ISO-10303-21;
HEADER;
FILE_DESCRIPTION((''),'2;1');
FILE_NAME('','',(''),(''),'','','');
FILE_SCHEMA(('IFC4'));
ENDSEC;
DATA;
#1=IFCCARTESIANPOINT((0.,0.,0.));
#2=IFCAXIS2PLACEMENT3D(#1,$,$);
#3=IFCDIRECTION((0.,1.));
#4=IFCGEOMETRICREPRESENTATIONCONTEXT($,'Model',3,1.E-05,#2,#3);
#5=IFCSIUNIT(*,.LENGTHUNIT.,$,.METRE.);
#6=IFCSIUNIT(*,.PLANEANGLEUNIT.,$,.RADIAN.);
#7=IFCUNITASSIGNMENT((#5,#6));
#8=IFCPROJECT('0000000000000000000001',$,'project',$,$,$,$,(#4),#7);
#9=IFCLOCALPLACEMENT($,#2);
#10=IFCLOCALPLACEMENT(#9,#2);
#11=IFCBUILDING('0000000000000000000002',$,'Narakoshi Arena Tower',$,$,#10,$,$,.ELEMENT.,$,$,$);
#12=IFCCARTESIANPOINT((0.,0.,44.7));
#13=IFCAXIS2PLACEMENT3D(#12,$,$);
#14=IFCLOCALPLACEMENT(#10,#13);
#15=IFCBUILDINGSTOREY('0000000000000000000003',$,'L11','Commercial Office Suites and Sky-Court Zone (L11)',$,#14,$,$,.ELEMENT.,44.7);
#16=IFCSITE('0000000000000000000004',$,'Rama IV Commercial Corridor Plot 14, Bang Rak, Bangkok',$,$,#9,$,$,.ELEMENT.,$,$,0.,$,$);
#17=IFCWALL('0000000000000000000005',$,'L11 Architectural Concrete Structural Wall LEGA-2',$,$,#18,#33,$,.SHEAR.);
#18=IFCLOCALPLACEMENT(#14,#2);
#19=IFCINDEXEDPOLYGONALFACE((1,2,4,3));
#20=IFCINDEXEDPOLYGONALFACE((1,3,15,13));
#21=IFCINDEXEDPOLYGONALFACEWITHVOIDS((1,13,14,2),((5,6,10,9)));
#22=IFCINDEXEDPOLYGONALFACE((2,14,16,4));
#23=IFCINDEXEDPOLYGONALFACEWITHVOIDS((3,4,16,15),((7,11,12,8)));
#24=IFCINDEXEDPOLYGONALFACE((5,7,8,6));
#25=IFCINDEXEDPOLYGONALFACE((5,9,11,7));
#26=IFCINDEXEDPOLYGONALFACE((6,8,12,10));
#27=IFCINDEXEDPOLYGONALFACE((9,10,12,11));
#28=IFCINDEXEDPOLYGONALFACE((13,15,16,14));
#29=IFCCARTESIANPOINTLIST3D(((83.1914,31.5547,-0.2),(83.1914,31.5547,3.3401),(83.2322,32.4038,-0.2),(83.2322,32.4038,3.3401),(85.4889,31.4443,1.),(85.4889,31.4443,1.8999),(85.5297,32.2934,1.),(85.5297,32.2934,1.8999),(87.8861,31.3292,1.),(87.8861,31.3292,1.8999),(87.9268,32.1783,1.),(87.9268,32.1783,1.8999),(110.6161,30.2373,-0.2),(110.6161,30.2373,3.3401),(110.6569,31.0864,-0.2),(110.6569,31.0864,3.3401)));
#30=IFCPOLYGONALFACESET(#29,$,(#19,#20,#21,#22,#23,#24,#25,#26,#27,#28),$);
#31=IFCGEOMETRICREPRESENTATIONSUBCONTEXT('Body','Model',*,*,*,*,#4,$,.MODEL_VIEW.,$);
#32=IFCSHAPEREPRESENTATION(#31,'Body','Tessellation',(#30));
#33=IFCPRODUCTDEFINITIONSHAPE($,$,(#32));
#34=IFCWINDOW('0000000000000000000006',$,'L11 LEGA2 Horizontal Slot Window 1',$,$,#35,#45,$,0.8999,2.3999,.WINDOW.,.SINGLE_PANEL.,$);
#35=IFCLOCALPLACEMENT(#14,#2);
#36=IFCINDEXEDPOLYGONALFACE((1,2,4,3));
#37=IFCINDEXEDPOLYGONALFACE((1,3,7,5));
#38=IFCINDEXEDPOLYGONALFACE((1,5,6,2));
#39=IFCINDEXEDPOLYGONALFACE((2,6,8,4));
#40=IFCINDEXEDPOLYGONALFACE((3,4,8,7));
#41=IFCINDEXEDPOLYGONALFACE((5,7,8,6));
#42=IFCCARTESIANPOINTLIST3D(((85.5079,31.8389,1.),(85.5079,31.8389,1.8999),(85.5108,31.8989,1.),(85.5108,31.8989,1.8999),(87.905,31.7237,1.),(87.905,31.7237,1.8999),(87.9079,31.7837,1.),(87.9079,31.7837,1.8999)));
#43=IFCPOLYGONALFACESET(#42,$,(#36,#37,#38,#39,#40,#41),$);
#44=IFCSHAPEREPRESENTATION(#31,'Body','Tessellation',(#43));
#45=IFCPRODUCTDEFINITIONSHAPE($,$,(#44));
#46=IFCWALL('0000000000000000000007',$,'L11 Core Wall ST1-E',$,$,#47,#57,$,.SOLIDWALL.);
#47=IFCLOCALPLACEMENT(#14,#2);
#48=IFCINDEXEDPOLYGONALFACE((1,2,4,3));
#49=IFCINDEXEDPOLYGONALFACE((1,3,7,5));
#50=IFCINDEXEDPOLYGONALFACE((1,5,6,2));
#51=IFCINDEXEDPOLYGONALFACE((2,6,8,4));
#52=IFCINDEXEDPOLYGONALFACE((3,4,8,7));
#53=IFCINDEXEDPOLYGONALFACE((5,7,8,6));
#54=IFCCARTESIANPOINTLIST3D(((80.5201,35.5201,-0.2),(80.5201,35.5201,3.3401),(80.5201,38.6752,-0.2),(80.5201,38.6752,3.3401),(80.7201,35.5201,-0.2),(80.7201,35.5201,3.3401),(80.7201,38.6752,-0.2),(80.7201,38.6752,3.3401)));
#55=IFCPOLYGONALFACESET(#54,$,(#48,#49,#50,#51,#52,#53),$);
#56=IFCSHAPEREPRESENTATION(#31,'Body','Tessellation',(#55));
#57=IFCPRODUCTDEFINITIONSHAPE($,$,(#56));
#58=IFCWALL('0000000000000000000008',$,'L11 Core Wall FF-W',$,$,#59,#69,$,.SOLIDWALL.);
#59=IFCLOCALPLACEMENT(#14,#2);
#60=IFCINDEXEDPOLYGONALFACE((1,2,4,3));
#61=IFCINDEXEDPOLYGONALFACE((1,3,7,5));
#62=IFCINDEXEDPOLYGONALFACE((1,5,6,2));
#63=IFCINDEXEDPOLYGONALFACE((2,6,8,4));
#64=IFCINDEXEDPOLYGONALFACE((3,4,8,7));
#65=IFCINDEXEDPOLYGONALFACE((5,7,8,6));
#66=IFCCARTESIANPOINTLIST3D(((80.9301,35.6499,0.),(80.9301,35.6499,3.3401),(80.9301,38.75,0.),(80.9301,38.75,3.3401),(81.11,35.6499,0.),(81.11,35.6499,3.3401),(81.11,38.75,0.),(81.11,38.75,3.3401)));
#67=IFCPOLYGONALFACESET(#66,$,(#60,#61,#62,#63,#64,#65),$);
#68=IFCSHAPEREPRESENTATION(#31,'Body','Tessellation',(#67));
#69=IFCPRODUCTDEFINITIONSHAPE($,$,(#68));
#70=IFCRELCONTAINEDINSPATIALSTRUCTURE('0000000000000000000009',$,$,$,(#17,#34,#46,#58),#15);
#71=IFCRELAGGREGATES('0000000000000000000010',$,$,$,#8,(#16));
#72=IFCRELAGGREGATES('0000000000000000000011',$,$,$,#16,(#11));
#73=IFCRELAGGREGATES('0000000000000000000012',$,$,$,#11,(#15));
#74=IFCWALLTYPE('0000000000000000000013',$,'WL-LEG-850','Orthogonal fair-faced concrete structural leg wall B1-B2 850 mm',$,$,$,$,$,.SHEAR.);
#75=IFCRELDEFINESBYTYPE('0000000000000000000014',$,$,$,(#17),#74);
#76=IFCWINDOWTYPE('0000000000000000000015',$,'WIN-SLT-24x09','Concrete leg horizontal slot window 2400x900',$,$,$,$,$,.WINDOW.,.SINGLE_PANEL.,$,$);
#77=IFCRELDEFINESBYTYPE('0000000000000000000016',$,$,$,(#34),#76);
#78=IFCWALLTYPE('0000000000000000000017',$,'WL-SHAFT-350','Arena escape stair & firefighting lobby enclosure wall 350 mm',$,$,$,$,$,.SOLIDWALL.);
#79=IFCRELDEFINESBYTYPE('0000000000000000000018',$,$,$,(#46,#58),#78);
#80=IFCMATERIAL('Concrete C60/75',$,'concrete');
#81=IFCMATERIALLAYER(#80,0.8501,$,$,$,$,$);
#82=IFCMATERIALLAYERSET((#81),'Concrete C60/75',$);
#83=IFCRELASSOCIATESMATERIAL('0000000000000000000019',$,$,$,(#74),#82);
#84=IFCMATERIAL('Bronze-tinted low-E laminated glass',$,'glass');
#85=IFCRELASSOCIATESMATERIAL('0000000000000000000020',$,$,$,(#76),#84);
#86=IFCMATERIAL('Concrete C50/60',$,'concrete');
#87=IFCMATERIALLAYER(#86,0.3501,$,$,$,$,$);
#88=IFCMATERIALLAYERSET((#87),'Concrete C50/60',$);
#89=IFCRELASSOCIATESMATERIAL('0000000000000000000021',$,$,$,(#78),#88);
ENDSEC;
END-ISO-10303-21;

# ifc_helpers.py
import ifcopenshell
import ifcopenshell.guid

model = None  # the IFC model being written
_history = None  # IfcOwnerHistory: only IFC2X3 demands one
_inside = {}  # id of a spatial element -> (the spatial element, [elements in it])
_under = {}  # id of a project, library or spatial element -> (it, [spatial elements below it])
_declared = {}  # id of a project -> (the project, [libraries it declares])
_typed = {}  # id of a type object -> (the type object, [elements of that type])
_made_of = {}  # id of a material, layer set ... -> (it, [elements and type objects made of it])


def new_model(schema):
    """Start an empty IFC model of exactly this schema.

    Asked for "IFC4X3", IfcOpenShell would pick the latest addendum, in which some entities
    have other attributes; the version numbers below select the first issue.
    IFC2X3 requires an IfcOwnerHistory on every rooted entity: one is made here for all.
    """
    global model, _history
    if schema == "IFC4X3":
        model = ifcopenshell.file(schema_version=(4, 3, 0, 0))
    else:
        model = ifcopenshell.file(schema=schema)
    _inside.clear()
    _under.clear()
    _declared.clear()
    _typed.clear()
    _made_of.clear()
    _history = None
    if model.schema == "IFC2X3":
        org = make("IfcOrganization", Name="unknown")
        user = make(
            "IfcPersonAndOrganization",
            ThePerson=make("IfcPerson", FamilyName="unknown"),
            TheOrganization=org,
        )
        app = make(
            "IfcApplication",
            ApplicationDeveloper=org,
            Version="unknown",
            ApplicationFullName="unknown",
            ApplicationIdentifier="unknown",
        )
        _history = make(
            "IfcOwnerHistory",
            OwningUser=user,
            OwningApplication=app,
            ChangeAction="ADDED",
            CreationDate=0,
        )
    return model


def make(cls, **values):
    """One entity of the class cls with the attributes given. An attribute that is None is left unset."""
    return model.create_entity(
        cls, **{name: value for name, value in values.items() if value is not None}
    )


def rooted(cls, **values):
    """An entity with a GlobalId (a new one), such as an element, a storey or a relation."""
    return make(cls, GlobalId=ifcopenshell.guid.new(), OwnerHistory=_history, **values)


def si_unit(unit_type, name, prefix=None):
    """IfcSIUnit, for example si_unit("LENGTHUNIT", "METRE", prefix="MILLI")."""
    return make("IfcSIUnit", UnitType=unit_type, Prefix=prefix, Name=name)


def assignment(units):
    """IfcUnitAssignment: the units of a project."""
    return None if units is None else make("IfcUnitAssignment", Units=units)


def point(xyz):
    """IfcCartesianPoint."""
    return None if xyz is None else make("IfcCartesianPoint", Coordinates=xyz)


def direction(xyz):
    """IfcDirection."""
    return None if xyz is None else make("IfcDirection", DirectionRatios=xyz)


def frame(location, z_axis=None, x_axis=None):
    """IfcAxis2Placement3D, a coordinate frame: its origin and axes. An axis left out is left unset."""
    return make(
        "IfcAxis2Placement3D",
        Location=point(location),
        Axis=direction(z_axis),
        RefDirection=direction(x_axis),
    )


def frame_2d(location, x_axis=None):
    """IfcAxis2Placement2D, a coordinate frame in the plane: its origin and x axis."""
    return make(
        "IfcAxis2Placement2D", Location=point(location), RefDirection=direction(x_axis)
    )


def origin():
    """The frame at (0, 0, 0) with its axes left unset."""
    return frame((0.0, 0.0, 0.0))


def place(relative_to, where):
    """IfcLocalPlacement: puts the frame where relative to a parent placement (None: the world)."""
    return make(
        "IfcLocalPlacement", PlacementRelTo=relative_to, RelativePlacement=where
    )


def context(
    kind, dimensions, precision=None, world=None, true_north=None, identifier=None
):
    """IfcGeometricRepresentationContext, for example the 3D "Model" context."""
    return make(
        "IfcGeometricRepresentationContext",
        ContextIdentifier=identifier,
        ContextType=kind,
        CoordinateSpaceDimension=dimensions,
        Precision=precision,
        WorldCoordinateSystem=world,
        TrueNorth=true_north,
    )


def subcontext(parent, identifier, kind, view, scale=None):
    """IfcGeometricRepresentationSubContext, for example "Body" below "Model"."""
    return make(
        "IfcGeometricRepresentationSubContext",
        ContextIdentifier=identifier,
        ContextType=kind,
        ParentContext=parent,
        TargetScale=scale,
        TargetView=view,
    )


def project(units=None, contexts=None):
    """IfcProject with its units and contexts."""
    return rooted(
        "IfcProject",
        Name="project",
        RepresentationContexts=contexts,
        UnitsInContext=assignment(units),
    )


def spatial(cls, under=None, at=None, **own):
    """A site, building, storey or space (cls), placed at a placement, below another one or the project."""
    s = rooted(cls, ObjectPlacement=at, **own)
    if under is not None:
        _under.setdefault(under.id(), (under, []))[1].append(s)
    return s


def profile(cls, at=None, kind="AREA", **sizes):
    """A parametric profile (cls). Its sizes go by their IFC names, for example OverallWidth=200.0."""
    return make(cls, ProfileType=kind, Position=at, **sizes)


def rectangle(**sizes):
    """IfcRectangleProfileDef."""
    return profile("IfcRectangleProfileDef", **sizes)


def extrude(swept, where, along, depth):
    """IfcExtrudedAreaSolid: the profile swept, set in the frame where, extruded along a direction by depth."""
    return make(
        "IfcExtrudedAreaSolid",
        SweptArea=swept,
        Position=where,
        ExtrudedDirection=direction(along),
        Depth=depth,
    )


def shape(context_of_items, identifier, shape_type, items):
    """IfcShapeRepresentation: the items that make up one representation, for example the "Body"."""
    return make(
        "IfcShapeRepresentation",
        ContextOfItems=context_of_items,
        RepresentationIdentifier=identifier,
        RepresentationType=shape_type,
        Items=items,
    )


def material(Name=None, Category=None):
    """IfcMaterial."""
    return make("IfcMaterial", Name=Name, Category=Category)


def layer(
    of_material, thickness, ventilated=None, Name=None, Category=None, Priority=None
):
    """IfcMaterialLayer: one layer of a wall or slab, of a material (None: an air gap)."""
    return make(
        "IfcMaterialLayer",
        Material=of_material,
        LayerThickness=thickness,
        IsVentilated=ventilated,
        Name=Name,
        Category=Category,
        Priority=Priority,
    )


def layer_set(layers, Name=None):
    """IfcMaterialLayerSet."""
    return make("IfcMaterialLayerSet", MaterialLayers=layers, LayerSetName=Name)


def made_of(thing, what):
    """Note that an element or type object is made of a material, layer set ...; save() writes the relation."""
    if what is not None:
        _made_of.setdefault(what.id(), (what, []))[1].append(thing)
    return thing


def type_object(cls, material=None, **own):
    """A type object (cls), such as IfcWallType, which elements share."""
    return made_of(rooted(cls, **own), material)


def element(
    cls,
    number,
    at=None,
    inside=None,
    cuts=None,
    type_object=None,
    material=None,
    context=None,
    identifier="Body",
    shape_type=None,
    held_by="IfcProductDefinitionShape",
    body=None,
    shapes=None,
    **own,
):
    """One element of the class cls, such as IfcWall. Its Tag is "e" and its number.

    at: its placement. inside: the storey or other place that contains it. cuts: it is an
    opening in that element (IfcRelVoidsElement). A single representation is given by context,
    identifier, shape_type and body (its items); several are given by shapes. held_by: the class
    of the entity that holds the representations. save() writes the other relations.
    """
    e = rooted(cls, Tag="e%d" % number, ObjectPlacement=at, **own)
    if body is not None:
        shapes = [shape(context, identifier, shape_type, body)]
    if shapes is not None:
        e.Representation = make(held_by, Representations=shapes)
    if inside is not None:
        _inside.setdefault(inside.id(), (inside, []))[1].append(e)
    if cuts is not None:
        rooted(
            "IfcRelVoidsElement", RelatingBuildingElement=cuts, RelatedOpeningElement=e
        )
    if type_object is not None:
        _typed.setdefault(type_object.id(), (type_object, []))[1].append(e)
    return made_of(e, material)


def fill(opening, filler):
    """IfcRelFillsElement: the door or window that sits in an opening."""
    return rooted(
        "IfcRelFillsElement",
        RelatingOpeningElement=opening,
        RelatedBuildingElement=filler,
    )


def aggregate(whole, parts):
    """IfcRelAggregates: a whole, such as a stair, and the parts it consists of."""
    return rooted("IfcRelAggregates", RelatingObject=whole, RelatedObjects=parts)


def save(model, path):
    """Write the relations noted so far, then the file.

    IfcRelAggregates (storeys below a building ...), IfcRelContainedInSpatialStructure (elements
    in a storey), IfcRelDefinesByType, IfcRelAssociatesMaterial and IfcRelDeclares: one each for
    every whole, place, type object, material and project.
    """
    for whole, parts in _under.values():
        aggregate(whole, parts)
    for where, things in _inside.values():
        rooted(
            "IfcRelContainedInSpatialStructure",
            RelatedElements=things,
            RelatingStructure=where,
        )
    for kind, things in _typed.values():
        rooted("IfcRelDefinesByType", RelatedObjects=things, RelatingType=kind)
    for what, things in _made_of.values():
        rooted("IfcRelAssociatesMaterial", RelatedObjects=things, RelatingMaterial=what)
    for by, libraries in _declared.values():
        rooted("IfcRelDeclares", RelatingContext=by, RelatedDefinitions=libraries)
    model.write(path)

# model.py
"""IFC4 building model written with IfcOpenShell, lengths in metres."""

from ifc_helpers import new_model, si_unit, direction, frame, frame_2d, origin, place, context, subcontext, project, spatial, rectangle, extrude, material, layer, layer_set, type_object, element, fill, save


model = new_model("IFC4")

# Units and contexts
model_context = context("Model", 3, precision=1e-05, world=origin(), true_north=direction((0.0, 1.0)))
body_context = subcontext(model_context, "Body", "Model", "MODEL_VIEW")
ifc_project = project(units=[si_unit("LENGTHUNIT", "METRE"), si_unit("PLANEANGLEUNIT", "RADIAN")], contexts=[model_context])

# Site, building, storey
site_placement = place(None, origin())
site = spatial("IfcSite", under=ifc_project, at=site_placement, Name="Rama IV Commercial Corridor Plot 14, Bang Rak, Bangkok", CompositionType="ELEMENT", RefElevation=0.0)
building_placement = place(site_placement, origin())
building = spatial("IfcBuilding", under=site, at=building_placement, Name="Narakoshi Arena Tower", CompositionType="ELEMENT")
storey_placement = place(building_placement, frame((0.0, 0.0, 44.7)))
storey = spatial("IfcBuildingStorey", under=building, at=storey_placement, Name="L11", Description="Commercial Office Suites and Sky-Court Zone (L11)", CompositionType="ELEMENT", Elevation=44.7)

# Shared definitions
ifc_material_1 = material(Name="Concrete C60/75", Category="concrete")

# Wall, opening, window
ifc_layer_1 = layer(ifc_material_1, 0.8501)
ifc_layer_set_1 = layer_set([ifc_layer_1], Name="Concrete C60/75")
wall_type_1 = type_object("IfcWallType", Name="WL-LEG-850", Description="Orthogonal fair-faced concrete structural leg wall B1-B2 850 mm", PredefinedType="SHEAR", material=ifc_layer_set_1)
wall_1_placement = place(storey_placement, frame((83.2119, 31.9792, -0.2), z_axis=(0.0, 0.0, 1.0), x_axis=(0.998848, -0.047981, 0.0)))
wall_1 = element("IfcWall", 1, at=wall_1_placement, inside=storey, type_object=wall_type_1, Name="L11 Architectural Concrete Structural Wall LEGA-2", PredefinedType="SHEAR", context=body_context, shape_type="SweptSolid", body=[
    extrude(rectangle(XDim=27.4563, YDim=0.8501, at=frame_2d((13.728, 0.0))), origin(), (0.0, 0.0, 1.0), 3.54),
])
opening_1_placement = place(wall_1_placement, frame((2.3, 0.0, 1.2)))
opening_1 = element("IfcOpeningElement", 2, at=opening_1_placement, cuts=wall_1, PredefinedType="OPENING", context=body_context, shape_type="SweptSolid", body=[
    extrude(rectangle(XDim=2.3999, YDim=0.8999, at=frame_2d((1.2, 0.45))), frame((0.0, 0.4351, 0.0), z_axis=(0.0, -1.0, 0.0), x_axis=(1.0, 0.0, 0.0)), (0.0, 0.0, 1.0), 0.8701),
])
ifc_material_2 = material(Name="Bronze-tinted low-E laminated glass", Category="glass")
window_type = type_object("IfcWindowType", Name="WIN-SLT-24x09", Description="Concrete leg horizontal slot window 2400x900", PartitioningType="SINGLE_PANEL", PredefinedType="WINDOW", material=ifc_material_2)
window_placement = place(opening_1_placement, origin())
window = element("IfcWindow", 3, at=window_placement, inside=storey, type_object=window_type, Name="L11 LEGA2 Horizontal Slot Window 1", OverallHeight=0.8999, OverallWidth=2.3999, PartitioningType="SINGLE_PANEL", PredefinedType="WINDOW", context=body_context, shape_type="SweptSolid", body=[
    extrude(rectangle(XDim=2.3999, YDim=0.8999, at=frame_2d((1.2, 0.45))), frame((0.0, 0.03, 0.0), z_axis=(0.0, -1.0, 0.0), x_axis=(1.0, 0.0, 0.0)), (0.0, 0.0, 1.0), 0.0601),
])
fill(opening_1, window)

# Walls
ifc_material_3 = material(Name="Concrete C50/60", Category="concrete")
ifc_layer_2 = layer(ifc_material_3, 0.3501)
ifc_layer_set_2 = layer_set([ifc_layer_2], Name="Concrete C50/60")
wall_type_2 = type_object("IfcWallType", Name="WL-SHAFT-350", Description="Arena escape stair & firefighting lobby enclosure wall 350 mm", PredefinedType="SOLIDWALL", material=ifc_layer_set_2)
wall_2_placement = place(storey_placement, frame((80.6201, 35.52, -0.2), z_axis=(0.0, 0.0, 1.0), x_axis=(0.0, 1.0, 0.0)))
element("IfcWall", 4, at=wall_2_placement, inside=storey, type_object=wall_type_2, Name="L11 Core Wall ST1-E", PredefinedType="SOLIDWALL", context=body_context, shape_type="SweptSolid", body=[
    extrude(rectangle(XDim=3.155, YDim=0.2, at=frame_2d((1.5776, 0.0))), origin(), (0.0, 0.0, 1.0), 3.54),
])
wall_3_placement = place(storey_placement, frame((81.02, 35.6499, 0.0), z_axis=(0.0, 0.0, 1.0), x_axis=(0.0, 1.0, 0.0)))
element("IfcWall", 5, at=wall_3_placement, inside=storey, type_object=wall_type_2, Name="L11 Core Wall FF-W", PredefinedType="SOLIDWALL", context=body_context, shape_type="SweptSolid", body=[
    extrude(rectangle(XDim=3.1001, YDim=0.1799, at=frame_2d((1.55, 0.0))), origin(), (0.0, 0.0, 1.0), 3.3401),
])

save(model, "model.ifc")
